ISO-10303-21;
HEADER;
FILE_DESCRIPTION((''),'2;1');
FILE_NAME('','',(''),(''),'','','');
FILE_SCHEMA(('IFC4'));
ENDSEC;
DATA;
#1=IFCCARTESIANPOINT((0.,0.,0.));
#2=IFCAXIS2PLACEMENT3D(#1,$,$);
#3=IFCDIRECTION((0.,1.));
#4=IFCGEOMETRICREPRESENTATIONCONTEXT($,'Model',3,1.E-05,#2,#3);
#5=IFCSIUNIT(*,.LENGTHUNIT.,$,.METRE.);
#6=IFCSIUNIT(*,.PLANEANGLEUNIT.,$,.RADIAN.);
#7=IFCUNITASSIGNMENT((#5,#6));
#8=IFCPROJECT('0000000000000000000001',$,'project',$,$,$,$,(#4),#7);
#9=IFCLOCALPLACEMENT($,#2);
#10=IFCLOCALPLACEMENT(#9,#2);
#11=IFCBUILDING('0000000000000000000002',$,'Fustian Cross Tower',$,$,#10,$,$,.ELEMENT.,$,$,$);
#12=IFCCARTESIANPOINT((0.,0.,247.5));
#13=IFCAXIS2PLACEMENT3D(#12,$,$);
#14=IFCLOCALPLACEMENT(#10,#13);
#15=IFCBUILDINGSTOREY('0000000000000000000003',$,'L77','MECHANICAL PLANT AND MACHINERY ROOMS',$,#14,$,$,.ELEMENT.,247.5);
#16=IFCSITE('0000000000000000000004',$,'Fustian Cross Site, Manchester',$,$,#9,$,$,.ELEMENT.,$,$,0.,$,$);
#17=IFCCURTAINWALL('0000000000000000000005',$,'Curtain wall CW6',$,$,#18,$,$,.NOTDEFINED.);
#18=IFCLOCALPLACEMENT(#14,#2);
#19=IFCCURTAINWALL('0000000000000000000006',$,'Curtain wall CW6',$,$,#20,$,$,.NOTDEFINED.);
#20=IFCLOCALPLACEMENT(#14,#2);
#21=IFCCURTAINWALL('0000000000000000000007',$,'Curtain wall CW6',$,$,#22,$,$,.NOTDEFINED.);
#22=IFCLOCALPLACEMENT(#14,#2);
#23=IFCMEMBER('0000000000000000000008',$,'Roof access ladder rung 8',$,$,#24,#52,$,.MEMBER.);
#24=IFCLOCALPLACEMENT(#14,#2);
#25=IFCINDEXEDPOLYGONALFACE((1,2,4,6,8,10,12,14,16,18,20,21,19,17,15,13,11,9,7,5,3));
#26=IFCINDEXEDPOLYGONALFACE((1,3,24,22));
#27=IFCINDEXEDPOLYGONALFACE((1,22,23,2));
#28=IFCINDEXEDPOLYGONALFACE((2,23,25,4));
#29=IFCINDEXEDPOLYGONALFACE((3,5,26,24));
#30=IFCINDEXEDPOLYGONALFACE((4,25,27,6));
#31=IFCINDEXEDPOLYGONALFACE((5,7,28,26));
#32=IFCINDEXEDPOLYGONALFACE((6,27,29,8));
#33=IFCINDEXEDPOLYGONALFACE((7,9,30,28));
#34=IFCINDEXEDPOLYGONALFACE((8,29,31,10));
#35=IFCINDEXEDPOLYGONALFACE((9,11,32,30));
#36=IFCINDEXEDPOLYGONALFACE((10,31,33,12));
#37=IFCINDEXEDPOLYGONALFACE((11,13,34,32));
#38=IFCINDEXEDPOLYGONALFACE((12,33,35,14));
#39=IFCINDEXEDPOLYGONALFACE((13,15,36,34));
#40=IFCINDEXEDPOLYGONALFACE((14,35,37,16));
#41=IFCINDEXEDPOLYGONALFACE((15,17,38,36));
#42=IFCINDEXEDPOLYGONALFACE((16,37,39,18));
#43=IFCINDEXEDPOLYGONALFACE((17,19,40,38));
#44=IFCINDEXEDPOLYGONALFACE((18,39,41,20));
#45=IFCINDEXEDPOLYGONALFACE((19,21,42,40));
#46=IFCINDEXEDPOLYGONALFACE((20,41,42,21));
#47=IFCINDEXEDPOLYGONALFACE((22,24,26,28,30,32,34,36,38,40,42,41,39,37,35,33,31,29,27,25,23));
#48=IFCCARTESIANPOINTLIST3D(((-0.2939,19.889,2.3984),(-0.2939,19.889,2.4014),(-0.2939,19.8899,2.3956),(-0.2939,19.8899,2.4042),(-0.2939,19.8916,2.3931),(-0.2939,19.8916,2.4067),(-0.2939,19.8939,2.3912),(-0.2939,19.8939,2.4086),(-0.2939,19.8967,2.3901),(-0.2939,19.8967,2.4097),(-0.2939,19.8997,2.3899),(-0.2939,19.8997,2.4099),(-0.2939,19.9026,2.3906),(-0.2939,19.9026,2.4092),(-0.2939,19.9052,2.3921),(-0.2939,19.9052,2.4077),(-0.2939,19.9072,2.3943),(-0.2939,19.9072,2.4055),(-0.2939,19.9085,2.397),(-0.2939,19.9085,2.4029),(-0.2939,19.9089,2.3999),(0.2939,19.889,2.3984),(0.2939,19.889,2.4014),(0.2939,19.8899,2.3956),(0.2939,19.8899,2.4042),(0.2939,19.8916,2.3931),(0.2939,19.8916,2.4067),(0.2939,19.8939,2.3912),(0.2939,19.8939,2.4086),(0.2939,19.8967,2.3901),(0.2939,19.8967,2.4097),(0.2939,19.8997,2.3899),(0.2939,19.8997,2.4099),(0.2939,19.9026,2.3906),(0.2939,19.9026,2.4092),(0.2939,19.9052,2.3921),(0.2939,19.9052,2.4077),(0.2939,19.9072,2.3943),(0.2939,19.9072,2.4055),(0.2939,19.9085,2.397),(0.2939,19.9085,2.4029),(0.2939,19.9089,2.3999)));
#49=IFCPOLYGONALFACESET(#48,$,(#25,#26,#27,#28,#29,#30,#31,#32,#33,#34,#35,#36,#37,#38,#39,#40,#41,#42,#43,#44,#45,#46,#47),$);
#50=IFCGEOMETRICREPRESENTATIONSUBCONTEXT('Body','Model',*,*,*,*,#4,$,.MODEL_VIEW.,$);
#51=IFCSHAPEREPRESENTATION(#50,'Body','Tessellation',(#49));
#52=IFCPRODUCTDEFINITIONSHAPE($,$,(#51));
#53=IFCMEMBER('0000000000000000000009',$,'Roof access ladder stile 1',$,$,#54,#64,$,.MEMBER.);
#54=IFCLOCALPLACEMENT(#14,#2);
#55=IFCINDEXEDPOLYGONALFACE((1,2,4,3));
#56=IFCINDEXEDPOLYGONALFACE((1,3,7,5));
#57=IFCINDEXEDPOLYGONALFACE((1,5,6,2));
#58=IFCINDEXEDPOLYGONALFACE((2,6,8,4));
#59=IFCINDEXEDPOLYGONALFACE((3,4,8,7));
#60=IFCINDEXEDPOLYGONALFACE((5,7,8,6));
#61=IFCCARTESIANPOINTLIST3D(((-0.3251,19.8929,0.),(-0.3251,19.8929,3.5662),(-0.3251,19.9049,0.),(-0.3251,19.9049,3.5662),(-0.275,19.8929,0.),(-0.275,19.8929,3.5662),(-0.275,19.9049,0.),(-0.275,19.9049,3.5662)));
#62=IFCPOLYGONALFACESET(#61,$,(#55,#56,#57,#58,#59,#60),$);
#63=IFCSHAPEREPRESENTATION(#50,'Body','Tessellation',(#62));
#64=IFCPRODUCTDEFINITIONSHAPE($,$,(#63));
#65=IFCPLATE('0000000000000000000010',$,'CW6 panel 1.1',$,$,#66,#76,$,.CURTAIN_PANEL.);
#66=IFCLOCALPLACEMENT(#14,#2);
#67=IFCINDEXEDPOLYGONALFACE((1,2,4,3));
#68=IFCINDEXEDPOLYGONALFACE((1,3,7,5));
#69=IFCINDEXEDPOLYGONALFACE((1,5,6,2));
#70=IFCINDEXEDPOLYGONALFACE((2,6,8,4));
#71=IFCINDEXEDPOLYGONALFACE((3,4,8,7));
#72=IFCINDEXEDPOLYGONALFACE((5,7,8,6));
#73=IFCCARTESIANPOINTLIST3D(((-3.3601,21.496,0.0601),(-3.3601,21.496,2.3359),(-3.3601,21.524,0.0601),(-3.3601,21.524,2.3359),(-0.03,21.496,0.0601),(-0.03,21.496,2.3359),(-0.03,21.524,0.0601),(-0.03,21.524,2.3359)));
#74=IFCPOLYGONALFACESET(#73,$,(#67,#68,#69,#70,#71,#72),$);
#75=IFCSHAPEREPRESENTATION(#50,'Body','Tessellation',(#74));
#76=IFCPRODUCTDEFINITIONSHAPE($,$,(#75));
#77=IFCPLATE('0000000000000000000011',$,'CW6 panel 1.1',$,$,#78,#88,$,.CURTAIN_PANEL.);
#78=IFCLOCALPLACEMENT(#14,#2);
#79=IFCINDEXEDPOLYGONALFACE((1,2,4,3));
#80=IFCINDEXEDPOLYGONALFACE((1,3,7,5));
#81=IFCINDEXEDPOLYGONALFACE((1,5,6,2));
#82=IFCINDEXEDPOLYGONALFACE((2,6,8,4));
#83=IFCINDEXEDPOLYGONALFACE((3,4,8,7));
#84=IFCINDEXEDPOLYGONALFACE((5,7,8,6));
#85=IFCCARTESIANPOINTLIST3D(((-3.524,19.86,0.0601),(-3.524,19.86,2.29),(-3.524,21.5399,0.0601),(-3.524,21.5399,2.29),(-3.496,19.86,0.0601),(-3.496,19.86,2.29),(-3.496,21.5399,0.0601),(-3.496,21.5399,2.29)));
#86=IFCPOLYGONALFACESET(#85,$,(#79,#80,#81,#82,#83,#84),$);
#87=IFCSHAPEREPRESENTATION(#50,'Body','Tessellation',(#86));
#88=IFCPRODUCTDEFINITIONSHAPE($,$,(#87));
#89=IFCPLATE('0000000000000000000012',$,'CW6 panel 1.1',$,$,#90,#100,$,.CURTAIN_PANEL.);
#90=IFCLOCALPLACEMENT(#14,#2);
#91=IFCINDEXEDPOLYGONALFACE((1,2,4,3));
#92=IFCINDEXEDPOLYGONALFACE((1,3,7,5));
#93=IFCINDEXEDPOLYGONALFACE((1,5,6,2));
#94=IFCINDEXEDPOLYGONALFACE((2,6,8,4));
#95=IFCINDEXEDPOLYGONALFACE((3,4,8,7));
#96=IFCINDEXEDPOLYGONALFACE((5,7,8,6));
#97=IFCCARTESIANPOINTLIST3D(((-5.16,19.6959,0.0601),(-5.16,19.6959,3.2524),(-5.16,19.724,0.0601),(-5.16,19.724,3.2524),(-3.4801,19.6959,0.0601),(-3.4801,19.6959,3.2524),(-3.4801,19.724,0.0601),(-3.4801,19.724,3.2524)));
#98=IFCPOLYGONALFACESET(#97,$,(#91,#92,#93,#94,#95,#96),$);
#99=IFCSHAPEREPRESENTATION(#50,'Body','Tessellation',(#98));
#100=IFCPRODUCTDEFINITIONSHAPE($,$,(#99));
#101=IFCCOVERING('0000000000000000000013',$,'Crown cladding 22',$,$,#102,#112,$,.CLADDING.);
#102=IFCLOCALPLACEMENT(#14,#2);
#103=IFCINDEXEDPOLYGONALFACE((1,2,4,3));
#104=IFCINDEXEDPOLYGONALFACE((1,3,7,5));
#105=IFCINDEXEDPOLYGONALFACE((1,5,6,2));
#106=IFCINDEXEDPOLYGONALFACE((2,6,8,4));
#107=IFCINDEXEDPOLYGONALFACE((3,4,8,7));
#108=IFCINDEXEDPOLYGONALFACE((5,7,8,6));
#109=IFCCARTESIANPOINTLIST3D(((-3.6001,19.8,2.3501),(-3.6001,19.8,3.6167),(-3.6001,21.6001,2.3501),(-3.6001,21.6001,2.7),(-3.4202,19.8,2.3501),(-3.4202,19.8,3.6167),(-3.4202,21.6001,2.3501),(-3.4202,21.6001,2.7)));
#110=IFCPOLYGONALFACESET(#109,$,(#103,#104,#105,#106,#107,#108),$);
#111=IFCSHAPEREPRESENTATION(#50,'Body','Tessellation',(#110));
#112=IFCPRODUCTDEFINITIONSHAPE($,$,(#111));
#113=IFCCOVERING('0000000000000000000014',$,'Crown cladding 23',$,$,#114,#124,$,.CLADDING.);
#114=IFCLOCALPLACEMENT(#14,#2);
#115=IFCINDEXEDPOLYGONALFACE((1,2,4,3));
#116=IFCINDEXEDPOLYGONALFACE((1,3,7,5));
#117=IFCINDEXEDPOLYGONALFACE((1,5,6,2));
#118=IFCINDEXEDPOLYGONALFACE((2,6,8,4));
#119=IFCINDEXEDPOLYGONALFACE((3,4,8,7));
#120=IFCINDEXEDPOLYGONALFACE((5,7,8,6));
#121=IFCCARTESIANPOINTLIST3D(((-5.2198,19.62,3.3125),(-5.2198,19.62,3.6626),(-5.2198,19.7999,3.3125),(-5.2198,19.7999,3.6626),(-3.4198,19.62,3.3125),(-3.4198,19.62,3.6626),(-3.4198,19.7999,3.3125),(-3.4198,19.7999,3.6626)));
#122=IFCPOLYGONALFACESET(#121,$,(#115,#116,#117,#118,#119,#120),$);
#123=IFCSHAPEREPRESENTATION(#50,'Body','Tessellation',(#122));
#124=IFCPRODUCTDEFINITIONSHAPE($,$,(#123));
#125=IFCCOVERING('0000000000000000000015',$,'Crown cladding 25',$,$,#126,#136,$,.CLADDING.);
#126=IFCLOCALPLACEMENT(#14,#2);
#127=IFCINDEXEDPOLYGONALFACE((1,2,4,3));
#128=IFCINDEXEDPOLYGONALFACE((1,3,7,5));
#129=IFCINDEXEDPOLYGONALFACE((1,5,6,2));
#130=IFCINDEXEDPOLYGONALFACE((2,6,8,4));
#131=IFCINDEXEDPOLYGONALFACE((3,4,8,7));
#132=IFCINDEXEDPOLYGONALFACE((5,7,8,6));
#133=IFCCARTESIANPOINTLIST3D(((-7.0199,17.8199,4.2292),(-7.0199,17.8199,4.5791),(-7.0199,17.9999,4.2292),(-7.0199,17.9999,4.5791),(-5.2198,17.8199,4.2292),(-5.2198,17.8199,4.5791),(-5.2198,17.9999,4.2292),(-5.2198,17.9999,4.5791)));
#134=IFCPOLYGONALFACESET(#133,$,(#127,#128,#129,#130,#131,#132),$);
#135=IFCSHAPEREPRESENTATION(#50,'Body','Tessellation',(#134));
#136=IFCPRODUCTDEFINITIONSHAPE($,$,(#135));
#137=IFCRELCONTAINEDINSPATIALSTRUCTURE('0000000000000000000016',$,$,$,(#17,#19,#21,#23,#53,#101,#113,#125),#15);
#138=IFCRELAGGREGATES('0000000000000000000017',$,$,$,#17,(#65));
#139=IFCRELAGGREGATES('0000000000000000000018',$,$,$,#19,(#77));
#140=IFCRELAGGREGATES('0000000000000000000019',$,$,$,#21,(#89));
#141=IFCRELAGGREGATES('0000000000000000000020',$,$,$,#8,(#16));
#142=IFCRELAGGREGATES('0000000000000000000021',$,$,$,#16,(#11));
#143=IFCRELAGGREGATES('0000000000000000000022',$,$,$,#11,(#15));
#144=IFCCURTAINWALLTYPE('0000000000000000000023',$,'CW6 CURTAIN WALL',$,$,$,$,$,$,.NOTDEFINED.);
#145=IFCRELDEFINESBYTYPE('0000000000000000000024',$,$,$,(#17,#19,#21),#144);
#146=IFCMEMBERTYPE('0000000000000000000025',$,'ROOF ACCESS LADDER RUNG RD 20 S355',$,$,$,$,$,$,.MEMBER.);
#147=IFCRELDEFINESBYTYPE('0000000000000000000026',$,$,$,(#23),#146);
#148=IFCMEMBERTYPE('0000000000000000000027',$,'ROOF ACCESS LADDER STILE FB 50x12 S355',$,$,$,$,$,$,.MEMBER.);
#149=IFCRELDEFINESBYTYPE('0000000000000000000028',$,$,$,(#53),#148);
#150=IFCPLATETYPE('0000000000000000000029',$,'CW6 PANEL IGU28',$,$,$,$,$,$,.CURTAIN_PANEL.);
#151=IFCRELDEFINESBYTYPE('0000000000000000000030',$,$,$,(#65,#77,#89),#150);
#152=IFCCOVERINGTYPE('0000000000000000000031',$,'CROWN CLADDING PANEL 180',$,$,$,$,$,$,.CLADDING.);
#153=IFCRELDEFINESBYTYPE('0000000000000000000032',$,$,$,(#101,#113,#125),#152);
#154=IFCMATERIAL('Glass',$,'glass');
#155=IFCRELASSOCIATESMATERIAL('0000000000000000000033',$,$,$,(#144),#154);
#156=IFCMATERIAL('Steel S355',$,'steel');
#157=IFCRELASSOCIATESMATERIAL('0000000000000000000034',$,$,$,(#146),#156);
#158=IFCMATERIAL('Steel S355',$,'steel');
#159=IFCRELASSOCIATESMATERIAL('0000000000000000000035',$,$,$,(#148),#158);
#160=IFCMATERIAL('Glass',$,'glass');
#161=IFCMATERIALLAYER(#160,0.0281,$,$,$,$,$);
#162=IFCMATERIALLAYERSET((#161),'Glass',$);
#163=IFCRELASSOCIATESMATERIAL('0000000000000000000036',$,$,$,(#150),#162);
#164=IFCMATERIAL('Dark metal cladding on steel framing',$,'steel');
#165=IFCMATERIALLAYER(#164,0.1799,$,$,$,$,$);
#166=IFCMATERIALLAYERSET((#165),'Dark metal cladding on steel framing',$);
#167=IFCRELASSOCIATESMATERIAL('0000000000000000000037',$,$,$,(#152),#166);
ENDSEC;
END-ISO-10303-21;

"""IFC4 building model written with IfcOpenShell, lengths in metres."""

from ifc_helpers import new_model, si_unit, direction, frame, frame_2d, origin, origin_2d, place, context, subcontext, project, spatial, polyline, rectangle, circle, outline, extrude, material, layer, layer_set, material_profile, profile_set, type_object, element, aggregate, save


model = new_model("IFC4")

# Units and contexts
model_context = context("Model", 3, precision=1e-05, world=origin(), true_north=direction((0.0, 1.0)))
body_context = subcontext(model_context, "Body", "Model", "MODEL_VIEW")
ifc_project = project(units=[si_unit("LENGTHUNIT", "METRE"), si_unit("PLANEANGLEUNIT", "RADIAN")], contexts=[model_context])

# Site, building, storey
site_placement = place(None, origin())
site = spatial("IfcSite", under=ifc_project, at=site_placement, Name="Fustian Cross Site, Manchester", CompositionType="ELEMENT", RefElevation=0.0)
building_placement = place(site_placement, origin())
building = spatial("IfcBuilding", under=site, at=building_placement, Name="Fustian Cross Tower", CompositionType="ELEMENT")
storey_placement = place(building_placement, frame((0.0, 0.0, 247.5)))
storey = spatial("IfcBuildingStorey", under=building, at=storey_placement, Name="L77", Description="MECHANICAL PLANT AND MACHINERY ROOMS", CompositionType="ELEMENT", Elevation=247.5)

# Curtain wall
ifc_material_1 = material(Name="Glass", Category="glass")
curtain_wall_type = type_object("IfcCurtainWallType", Name="CW6 CURTAIN WALL", PredefinedType="NOTDEFINED", material=ifc_material_1)
curtain_wall_1_placement = place(storey_placement, origin())
curtain_wall_1 = element("IfcCurtainWall", 1, at=curtain_wall_1_placement, inside=storey, type_object=curtain_wall_type, Name="Curtain wall CW6", PredefinedType="NOTDEFINED")

# Curtain walls
curtain_wall_2_placement = place(storey_placement, origin())
curtain_wall_2 = element("IfcCurtainWall", 2, at=curtain_wall_2_placement, inside=storey, type_object=curtain_wall_type, Name="Curtain wall CW6", PredefinedType="NOTDEFINED")
curtain_wall_3_placement = place(storey_placement, origin())
curtain_wall_3 = element("IfcCurtainWall", 3, at=curtain_wall_3_placement, inside=storey, type_object=curtain_wall_type, Name="Curtain wall CW6", PredefinedType="NOTDEFINED")

# Members
ifc_material_2 = material(Name="Steel S355", Category="steel")
ifc_material_profile_1 = material_profile(ifc_material_2, circle(Radius=0.01, at=origin_2d()), Name="ROOF ACCESS LADDER RUNG RD 20 S355")
ifc_profile_set_1 = profile_set([ifc_material_profile_1], Name="Steel S355")
member_type_1 = type_object("IfcMemberType", Name="ROOF ACCESS LADDER RUNG RD 20 S355", PredefinedType="MEMBER", material=ifc_profile_set_1)
for number, where, z_axis, x_axis, name in (
    (4, (-0.2939, 19.8989, 2.3999), (1.0, 0.0, 0.0), (0.0, 1.0, 0.0), "Roof access ladder rung 8"),
):
    element("IfcMember", number, at=place(storey_placement, frame(where, z_axis=z_axis, x_axis=x_axis)), inside=storey, type_object=member_type_1, Name=name, PredefinedType="MEMBER", context=body_context, shape_type="SweptSolid", body=[
        extrude(circle(Radius=0.01, at=origin_2d()), origin(), (0.0, 0.0, 1.0), 0.5879),
    ])
ifc_material_3 = material(Name="Steel S355", Category="steel")
ifc_material_profile_2 = material_profile(ifc_material_3, rectangle(XDim=0.05, YDim=0.012, at=origin_2d()), Name="ROOF ACCESS LADDER STILE FB 50x12 S355")
ifc_profile_set_2 = profile_set([ifc_material_profile_2], Name="Steel S355")
member_type_2 = type_object("IfcMemberType", Name="ROOF ACCESS LADDER STILE FB 50x12 S355", PredefinedType="MEMBER", material=ifc_profile_set_2)
member_1_placement = place(storey_placement, frame((-0.3, 19.8989, 0.0), z_axis=(0.0, 0.0, 1.0), x_axis=(1.0, 0.0, 0.0)))
element("IfcMember", 5, at=member_1_placement, inside=storey, type_object=member_type_2, Name="Roof access ladder stile 1", PredefinedType="MEMBER", context=body_context, shape_type="SweptSolid", body=[
    extrude(rectangle(XDim=0.05, YDim=0.012, at=origin_2d()), origin(), (0.0, 0.0, 1.0), 3.5662),
])

# Plates
ifc_material_4 = material(Name="Glass", Category="glass")
ifc_layer_1 = layer(ifc_material_4, 0.0281)
ifc_layer_set_1 = layer_set([ifc_layer_1], Name="Glass")
plate_type = type_object("IfcPlateType", Name="CW6 PANEL IGU28", PredefinedType="CURTAIN_PANEL", material=ifc_layer_set_1)
plate_1_placement = place(storey_placement, frame((-1.6951, 21.51, 0.0601), z_axis=(0.0, 0.0, 1.0), x_axis=(-1.0, 0.0, 0.0)))
plate_1 = element("IfcPlate", 6, at=plate_1_placement, type_object=plate_type, Name="CW6 panel 1.1", PredefinedType="CURTAIN_PANEL", context=body_context, shape_type="SweptSolid", body=[
    extrude(rectangle(XDim=3.3301, YDim=0.0281, at=origin_2d()), origin(), (0.0, 0.0, 1.0), 2.2759),
])
aggregate(curtain_wall_1, [plate_1])
plate_2_placement = place(storey_placement, frame((-3.51, 20.7, 0.0601), z_axis=(0.0, 0.0, 1.0), x_axis=(0.0, -1.0, 0.0)))
plate_2 = element("IfcPlate", 7, at=plate_2_placement, type_object=plate_type, Name="CW6 panel 1.1", PredefinedType="CURTAIN_PANEL", context=body_context, shape_type="SweptSolid", body=[
    extrude(rectangle(XDim=1.6799, YDim=0.0281, at=origin_2d()), origin(), (0.0, 0.0, 1.0), 2.23),
])
aggregate(curtain_wall_2, [plate_2])
plate_3_placement = place(storey_placement, frame((-4.3201, 19.71, 0.0601), z_axis=(0.0, 0.0, 1.0), x_axis=(-1.0, 0.0, 0.0)))
plate_3 = element("IfcPlate", 8, at=plate_3_placement, type_object=plate_type, Name="CW6 panel 1.1", PredefinedType="CURTAIN_PANEL", context=body_context, shape_type="SweptSolid", body=[
    extrude(rectangle(XDim=1.6799, YDim=0.0281, at=origin_2d()), origin(), (0.0, 0.0, 1.0), 3.1924),
])
aggregate(curtain_wall_3, [plate_3])

# Coverings
ifc_material_5 = material(Name="Dark metal cladding on steel framing", Category="steel")
ifc_layer_2 = layer(ifc_material_5, 0.1799)
ifc_layer_set_2 = layer_set([ifc_layer_2], Name="Dark metal cladding on steel framing")
covering_type = type_object("IfcCoveringType", Name="CROWN CLADDING PANEL 180", PredefinedType="CLADDING", material=ifc_layer_set_2)
covering_1_placement = place(storey_placement, frame((-3.51, 21.6001, 2.3501), z_axis=(0.0, 0.0, 1.0), x_axis=(0.0, -1.0, 0.0)))
element("IfcCovering", 9, at=covering_1_placement, inside=storey, type_object=covering_type, Name="Crown cladding 22", PredefinedType="CLADDING", context=body_context, shape_type="SweptSolid", body=[
    extrude(outline(polyline([(0.0, 0.0), (1.8, 0.0), (1.8, 1.2666), (0.0, 0.3499), (0.0, 0.0)])), frame((0.0, 0.0898, 0.0), z_axis=(0.0, -1.0, 0.0), x_axis=(1.0, 0.0, 0.0)), (0.0, 0.0, 1.0), 0.1799),
])
covering_2_placement = place(storey_placement, frame((-3.4199, 19.71, 3.3125), z_axis=(0.0, 0.0, 1.0), x_axis=(-1.0, 0.0, 0.0)))
element("IfcCovering", 10, at=covering_2_placement, inside=storey, type_object=covering_type, Name="Crown cladding 23", PredefinedType="CLADDING", context=body_context, shape_type="SweptSolid", body=[
    extrude(rectangle(XDim=1.8, YDim=0.1799, at=frame_2d((0.8999, 0.0))), origin(), (0.0, 0.0, 1.0), 0.3501),
])
covering_3_placement = place(storey_placement, frame((-5.22, 17.9099, 4.2292), z_axis=(0.0, 0.0, 1.0), x_axis=(-1.0, 0.0, 0.0)))
element("IfcCovering", 11, at=covering_3_placement, inside=storey, type_object=covering_type, Name="Crown cladding 25", PredefinedType="CLADDING", context=body_context, shape_type="SweptSolid", body=[
    extrude(rectangle(XDim=1.8, YDim=0.1799, at=frame_2d((0.8999, 0.0))), origin(), (0.0, 0.0, 1.0), 0.3499),
])

save(model, "model.ifc")
